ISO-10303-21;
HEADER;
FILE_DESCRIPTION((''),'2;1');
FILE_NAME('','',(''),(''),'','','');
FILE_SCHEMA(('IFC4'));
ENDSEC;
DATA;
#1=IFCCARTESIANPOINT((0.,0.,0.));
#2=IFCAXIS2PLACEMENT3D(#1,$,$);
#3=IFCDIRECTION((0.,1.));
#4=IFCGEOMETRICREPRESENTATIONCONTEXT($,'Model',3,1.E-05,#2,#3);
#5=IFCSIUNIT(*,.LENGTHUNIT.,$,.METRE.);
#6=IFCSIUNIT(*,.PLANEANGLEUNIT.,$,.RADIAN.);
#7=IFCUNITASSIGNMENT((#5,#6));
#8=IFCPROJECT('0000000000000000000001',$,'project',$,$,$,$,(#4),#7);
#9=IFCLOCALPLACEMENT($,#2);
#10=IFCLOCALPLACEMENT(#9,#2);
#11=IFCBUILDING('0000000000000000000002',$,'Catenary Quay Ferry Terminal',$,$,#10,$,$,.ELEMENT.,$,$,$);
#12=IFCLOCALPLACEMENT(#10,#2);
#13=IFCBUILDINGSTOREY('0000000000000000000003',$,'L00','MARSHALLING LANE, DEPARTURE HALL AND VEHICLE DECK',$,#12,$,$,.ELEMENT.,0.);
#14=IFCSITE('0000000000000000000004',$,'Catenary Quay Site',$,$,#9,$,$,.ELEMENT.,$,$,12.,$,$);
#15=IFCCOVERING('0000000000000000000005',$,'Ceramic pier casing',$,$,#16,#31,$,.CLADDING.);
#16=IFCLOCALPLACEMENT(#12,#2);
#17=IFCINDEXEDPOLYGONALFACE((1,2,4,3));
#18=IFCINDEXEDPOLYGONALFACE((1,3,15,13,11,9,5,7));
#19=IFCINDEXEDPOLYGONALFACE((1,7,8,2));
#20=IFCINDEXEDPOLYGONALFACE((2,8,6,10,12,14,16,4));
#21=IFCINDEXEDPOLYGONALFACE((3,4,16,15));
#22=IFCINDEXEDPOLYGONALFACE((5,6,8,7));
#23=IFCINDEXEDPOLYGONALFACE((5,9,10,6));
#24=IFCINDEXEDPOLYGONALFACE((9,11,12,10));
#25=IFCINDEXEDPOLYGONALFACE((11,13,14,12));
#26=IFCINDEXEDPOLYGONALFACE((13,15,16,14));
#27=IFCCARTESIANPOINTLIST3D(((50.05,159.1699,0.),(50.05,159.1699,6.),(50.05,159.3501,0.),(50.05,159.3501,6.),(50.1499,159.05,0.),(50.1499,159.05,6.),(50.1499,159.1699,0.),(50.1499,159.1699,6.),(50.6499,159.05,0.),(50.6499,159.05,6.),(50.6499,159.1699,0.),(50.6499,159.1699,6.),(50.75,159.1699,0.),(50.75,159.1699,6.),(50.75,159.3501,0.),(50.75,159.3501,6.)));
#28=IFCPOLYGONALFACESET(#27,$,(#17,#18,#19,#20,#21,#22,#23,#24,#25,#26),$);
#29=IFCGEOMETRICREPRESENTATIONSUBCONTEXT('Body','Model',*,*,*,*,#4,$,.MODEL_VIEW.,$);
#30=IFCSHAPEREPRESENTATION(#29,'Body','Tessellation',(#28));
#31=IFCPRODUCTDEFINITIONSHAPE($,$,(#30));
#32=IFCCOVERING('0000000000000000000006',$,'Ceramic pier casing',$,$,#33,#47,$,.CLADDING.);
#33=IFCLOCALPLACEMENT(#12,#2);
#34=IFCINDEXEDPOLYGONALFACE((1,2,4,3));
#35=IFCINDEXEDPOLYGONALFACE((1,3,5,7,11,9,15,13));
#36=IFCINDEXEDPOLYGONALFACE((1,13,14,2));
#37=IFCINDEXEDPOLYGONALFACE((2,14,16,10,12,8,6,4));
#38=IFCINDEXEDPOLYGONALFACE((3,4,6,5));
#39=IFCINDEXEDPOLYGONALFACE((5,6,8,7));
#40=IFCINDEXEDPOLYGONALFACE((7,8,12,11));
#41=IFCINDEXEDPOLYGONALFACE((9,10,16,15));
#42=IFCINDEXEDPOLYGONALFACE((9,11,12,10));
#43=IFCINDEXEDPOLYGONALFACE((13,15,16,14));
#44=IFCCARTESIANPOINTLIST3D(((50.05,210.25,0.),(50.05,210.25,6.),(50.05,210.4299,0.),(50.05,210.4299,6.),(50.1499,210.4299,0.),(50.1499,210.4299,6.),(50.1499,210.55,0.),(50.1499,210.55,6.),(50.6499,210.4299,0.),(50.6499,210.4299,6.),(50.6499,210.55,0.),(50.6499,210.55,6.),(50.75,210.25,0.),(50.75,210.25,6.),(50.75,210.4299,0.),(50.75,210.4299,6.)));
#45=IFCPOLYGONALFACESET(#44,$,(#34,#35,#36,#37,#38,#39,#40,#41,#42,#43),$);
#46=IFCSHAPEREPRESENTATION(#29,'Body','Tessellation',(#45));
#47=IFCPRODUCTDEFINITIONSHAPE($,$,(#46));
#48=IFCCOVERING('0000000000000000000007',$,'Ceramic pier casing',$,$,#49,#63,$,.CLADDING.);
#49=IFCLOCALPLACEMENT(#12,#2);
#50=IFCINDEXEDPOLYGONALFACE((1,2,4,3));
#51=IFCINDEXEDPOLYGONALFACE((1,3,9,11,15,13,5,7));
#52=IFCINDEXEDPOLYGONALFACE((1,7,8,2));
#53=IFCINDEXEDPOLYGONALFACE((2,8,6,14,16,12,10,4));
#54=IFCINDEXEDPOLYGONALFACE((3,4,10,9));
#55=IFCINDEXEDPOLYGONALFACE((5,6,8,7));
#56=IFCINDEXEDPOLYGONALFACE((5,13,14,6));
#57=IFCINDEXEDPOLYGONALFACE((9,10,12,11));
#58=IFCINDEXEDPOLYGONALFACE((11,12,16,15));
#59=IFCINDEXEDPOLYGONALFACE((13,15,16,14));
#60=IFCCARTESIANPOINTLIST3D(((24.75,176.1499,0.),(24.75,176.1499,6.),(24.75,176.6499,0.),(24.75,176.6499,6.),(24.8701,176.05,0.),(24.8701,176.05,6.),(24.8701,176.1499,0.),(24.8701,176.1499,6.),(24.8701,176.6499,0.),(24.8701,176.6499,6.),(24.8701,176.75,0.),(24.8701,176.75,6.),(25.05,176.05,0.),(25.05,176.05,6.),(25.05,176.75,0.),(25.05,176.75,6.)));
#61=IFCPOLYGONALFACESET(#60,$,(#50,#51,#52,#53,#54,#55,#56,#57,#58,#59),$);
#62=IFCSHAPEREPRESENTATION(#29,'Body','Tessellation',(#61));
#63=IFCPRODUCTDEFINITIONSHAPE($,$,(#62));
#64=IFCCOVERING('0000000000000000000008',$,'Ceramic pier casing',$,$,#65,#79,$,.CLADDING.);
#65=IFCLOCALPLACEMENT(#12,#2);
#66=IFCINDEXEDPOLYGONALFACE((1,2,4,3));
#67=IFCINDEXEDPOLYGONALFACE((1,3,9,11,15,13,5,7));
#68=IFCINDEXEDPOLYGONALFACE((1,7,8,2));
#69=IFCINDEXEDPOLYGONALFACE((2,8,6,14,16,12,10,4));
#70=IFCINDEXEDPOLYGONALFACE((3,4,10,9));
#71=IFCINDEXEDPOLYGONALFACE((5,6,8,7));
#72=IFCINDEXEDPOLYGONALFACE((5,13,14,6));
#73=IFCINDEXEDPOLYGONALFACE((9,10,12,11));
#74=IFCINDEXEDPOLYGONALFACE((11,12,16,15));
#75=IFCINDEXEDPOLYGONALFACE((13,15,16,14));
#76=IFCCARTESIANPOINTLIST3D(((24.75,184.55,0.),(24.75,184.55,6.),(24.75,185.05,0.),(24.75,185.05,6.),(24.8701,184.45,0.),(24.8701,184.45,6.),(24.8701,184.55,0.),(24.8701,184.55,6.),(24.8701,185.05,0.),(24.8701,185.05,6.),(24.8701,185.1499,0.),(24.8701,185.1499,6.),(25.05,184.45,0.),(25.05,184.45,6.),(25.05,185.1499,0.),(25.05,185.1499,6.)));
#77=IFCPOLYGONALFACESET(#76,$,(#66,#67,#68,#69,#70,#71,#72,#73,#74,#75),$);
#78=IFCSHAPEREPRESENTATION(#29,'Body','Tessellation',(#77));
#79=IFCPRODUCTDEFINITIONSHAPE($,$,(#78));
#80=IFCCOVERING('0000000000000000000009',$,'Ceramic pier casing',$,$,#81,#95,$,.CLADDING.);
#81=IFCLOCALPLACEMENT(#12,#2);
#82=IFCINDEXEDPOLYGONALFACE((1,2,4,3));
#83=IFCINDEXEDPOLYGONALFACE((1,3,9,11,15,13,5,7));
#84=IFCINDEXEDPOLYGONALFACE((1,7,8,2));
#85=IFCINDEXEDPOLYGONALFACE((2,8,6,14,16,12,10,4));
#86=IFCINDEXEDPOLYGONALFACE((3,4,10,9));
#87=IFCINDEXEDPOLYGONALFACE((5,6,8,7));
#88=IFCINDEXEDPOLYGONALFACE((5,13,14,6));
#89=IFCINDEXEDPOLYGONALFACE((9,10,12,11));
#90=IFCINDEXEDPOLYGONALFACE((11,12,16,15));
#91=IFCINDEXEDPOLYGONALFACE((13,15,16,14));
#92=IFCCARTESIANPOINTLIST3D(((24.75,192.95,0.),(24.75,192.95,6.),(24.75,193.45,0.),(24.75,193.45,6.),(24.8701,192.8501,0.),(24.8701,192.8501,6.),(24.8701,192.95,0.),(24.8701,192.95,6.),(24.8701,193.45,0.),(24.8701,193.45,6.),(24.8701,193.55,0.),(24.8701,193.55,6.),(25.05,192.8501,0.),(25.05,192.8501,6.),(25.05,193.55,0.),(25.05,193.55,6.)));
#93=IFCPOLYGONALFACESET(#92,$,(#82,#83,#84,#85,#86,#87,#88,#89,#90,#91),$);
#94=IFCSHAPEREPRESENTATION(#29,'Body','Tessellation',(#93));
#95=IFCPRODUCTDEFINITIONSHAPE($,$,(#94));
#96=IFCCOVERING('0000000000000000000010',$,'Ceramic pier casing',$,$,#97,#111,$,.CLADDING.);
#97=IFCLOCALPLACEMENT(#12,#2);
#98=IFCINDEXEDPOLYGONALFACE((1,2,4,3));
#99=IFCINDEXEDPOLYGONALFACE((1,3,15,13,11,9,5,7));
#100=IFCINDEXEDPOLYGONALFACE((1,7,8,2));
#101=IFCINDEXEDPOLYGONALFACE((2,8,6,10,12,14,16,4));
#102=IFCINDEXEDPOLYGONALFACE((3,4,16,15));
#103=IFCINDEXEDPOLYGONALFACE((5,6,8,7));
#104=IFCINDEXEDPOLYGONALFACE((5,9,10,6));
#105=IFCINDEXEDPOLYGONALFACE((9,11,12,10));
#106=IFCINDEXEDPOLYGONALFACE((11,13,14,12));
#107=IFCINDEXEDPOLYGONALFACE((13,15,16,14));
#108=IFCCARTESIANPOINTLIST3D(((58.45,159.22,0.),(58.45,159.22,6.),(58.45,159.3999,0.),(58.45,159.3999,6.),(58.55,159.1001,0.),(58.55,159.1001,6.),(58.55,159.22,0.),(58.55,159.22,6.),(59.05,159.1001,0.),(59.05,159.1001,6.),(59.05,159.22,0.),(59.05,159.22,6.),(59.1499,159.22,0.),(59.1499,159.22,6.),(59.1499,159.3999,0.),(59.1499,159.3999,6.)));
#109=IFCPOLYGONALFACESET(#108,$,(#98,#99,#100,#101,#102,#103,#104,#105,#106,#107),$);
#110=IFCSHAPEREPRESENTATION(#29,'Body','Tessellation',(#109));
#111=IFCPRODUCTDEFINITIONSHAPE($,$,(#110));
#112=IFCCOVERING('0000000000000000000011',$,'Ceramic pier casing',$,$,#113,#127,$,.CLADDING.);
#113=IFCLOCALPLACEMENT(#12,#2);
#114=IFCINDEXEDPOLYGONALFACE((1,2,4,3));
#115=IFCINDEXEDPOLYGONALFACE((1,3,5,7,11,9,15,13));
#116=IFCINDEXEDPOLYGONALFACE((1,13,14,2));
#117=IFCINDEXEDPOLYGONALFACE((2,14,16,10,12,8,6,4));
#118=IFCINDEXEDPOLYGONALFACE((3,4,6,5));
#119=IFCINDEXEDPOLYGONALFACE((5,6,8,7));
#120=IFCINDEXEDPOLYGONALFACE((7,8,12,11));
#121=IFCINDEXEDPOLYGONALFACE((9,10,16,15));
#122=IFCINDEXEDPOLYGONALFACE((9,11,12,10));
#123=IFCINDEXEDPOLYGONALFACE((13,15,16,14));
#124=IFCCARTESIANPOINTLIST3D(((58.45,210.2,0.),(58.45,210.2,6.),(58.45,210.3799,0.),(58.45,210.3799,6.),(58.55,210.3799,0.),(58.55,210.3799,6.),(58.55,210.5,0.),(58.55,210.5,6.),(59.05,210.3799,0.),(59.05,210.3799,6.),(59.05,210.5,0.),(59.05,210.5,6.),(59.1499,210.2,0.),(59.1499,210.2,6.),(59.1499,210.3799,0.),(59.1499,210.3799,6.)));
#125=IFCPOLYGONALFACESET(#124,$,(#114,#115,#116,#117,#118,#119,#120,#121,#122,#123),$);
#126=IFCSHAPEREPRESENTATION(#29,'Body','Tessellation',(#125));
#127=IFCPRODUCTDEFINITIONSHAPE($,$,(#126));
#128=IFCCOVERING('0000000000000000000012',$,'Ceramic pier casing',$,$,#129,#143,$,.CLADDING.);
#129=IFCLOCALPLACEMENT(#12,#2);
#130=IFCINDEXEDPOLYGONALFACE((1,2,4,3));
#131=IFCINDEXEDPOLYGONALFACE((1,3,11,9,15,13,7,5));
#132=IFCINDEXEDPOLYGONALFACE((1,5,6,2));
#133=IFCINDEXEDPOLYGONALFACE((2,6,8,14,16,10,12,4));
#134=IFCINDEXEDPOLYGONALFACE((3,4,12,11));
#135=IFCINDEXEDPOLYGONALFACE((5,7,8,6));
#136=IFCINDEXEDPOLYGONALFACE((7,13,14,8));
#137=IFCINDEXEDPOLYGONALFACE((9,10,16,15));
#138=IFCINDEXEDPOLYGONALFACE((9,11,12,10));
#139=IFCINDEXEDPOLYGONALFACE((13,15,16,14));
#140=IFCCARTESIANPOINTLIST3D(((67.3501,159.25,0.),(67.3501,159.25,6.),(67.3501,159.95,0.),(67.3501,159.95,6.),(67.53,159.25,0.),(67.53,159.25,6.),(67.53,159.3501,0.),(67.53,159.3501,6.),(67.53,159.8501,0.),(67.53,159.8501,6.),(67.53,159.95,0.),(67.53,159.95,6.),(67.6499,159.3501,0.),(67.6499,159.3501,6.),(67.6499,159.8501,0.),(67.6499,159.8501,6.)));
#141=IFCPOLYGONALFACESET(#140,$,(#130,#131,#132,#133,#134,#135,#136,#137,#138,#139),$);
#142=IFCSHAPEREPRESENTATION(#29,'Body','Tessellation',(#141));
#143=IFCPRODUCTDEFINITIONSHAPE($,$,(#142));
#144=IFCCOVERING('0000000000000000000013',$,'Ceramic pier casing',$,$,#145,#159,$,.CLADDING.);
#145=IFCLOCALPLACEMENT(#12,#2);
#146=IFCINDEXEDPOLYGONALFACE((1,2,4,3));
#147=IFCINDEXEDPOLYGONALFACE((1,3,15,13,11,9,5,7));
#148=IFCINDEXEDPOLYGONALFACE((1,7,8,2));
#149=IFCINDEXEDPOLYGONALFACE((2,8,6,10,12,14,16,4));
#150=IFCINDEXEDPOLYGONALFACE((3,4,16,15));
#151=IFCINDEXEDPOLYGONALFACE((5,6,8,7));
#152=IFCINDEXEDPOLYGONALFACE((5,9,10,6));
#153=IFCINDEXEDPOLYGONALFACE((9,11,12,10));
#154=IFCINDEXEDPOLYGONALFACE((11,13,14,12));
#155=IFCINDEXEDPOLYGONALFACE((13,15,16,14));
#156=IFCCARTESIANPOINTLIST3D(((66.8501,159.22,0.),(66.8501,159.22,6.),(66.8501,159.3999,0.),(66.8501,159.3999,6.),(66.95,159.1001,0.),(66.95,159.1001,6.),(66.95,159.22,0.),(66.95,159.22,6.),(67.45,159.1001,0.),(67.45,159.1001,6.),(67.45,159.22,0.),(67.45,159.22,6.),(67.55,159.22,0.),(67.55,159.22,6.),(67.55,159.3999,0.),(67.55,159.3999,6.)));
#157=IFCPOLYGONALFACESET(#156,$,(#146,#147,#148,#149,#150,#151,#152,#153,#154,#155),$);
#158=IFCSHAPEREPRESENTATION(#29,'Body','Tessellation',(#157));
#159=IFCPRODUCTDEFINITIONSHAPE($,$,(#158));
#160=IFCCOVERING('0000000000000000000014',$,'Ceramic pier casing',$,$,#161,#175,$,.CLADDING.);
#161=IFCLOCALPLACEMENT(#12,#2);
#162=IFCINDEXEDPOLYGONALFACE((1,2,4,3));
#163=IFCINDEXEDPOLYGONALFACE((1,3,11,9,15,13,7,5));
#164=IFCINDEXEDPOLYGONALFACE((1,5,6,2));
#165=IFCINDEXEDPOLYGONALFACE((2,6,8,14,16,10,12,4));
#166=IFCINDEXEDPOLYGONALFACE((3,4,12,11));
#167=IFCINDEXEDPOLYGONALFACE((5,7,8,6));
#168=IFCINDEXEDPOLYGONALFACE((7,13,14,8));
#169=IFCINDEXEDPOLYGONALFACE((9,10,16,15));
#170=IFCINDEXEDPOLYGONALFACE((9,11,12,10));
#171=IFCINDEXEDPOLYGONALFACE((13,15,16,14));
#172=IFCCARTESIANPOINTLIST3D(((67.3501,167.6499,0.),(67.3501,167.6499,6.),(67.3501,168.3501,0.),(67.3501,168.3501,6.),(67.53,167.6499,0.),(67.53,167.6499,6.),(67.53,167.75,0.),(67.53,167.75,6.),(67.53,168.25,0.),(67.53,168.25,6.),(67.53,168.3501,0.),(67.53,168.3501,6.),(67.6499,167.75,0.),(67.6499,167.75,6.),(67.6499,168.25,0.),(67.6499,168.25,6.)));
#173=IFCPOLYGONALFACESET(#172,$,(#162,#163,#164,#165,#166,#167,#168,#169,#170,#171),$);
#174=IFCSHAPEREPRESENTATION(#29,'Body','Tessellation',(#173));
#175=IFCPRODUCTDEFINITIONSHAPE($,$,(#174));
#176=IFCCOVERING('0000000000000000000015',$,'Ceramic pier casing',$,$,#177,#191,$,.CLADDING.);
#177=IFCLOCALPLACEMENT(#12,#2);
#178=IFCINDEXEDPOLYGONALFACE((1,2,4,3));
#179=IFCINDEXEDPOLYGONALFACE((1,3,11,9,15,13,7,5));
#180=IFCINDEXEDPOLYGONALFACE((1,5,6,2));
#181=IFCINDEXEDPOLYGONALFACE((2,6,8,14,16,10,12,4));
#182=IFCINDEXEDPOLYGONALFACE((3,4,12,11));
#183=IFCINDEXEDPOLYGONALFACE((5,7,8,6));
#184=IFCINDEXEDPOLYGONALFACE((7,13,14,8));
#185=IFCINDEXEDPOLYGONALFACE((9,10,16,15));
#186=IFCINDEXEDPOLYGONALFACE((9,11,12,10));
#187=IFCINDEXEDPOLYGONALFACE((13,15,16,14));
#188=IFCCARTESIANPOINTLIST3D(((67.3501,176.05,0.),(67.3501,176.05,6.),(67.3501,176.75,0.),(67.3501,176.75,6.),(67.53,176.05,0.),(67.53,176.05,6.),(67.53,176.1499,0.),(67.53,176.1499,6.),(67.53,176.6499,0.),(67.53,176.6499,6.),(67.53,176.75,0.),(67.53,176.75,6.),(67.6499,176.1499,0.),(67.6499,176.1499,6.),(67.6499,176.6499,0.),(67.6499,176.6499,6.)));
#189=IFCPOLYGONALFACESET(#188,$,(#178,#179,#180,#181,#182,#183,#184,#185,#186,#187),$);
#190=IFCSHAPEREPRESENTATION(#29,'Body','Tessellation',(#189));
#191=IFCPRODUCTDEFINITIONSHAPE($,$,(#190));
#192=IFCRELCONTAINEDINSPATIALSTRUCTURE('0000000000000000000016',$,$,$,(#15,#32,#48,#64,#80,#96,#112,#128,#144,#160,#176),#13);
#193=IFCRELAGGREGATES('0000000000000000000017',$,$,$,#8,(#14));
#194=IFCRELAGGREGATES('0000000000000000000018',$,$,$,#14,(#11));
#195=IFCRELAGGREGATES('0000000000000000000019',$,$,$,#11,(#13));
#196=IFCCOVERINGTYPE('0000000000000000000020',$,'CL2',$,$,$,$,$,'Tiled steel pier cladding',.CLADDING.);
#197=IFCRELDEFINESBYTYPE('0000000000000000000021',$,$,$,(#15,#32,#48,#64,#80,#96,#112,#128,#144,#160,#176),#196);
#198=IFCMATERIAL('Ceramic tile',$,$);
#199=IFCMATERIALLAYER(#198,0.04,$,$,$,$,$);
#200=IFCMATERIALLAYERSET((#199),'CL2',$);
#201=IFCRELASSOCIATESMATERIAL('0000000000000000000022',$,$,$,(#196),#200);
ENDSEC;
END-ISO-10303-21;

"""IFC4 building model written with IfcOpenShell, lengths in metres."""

from ifc_helpers import new_model, si_unit, direction, origin, place, context, subcontext, project, spatial, polyline, outline, extrude, material, layer, layer_set, type_object, element, save


model = new_model("IFC4")

# Units and contexts
model_context = context("Model", 3, precision=1e-05, world=origin(), true_north=direction((0.0, 1.0)))
body_context = subcontext(model_context, "Body", "Model", "MODEL_VIEW")
ifc_project = project(units=[si_unit("LENGTHUNIT", "METRE"), si_unit("PLANEANGLEUNIT", "RADIAN")], contexts=[model_context])

# Site, building, storey
site_placement = place(None, origin())
site = spatial("IfcSite", under=ifc_project, at=site_placement, Name="Catenary Quay Site", CompositionType="ELEMENT", RefElevation=12.0)
building_placement = place(site_placement, origin())
building = spatial("IfcBuilding", under=site, at=building_placement, Name="Catenary Quay Ferry Terminal", CompositionType="ELEMENT")
storey_placement = place(building_placement, origin())
storey = spatial("IfcBuildingStorey", under=building, at=storey_placement, Name="L00", Description="MARSHALLING LANE, DEPARTURE HALL AND VEHICLE DECK", CompositionType="ELEMENT", Elevation=0.0)

# Coverings
ifc_material = material(Name="Ceramic tile")
ifc_layer = layer(ifc_material, 0.04)
ifc_layer_set = layer_set([ifc_layer], Name="CL2")
covering_type = type_object("IfcCoveringType", Name="CL2", ElementType="Tiled steel pier cladding", PredefinedType="CLADDING", material=ifc_layer_set)
covering_1_placement = place(storey_placement, origin())
element("IfcCovering", 1, at=covering_1_placement, inside=storey, type_object=covering_type, Name="Ceramic pier casing", PredefinedType="CLADDING", context=body_context, shape_type="SweptSolid", body=[
    extrude(outline(polyline([(50.05, 159.3501), (50.05, 159.1699), (50.1499, 159.1699), (50.1499, 159.05), (50.6499, 159.05), (50.6499, 159.1699), (50.75, 159.1699), (50.75, 159.3501), (50.05, 159.3501)])), origin(), (0.0, 0.0, 1.0), 6.0),
])
covering_2_placement = place(storey_placement, origin())
element("IfcCovering", 2, at=covering_2_placement, inside=storey, type_object=covering_type, Name="Ceramic pier casing", PredefinedType="CLADDING", context=body_context, shape_type="SweptSolid", body=[
    extrude(outline(polyline([(50.75, 210.25), (50.75, 210.4299), (50.6499, 210.4299), (50.6499, 210.55), (50.1499, 210.55), (50.1499, 210.4299), (50.05, 210.4299), (50.05, 210.25), (50.75, 210.25)])), origin(), (0.0, 0.0, 1.0), 6.0),
])
covering_3_placement = place(storey_placement, origin())
element("IfcCovering", 3, at=covering_3_placement, inside=storey, type_object=covering_type, Name="Ceramic pier casing", PredefinedType="CLADDING", context=body_context, shape_type="SweptSolid", body=[
    extrude(outline(polyline([(25.05, 176.75), (24.8701, 176.75), (24.8701, 176.6499), (24.75, 176.6499), (24.75, 176.1499), (24.8701, 176.1499), (24.8701, 176.05), (25.05, 176.05), (25.05, 176.75)])), origin(), (0.0, 0.0, 1.0), 6.0),
])
covering_4_placement = place(storey_placement, origin())
element("IfcCovering", 4, at=covering_4_placement, inside=storey, type_object=covering_type, Name="Ceramic pier casing", PredefinedType="CLADDING", context=body_context, shape_type="SweptSolid", body=[
    extrude(outline(polyline([(25.05, 185.1499), (24.8701, 185.1499), (24.8701, 185.05), (24.75, 185.05), (24.75, 184.55), (24.8701, 184.55), (24.8701, 184.45), (25.05, 184.45), (25.05, 185.1499)])), origin(), (0.0, 0.0, 1.0), 6.0),
])
covering_5_placement = place(storey_placement, origin())
element("IfcCovering", 5, at=covering_5_placement, inside=storey, type_object=covering_type, Name="Ceramic pier casing", PredefinedType="CLADDING", context=body_context, shape_type="SweptSolid", body=[
    extrude(outline(polyline([(25.05, 193.55), (24.8701, 193.55), (24.8701, 193.45), (24.75, 193.45), (24.75, 192.95), (24.8701, 192.95), (24.8701, 192.8501), (25.05, 192.8501), (25.05, 193.55)])), origin(), (0.0, 0.0, 1.0), 6.0),
])
covering_6_placement = place(storey_placement, origin())
element("IfcCovering", 6, at=covering_6_placement, inside=storey, type_object=covering_type, Name="Ceramic pier casing", PredefinedType="CLADDING", context=body_context, shape_type="SweptSolid", body=[
    extrude(outline(polyline([(58.45, 159.3999), (58.45, 159.22), (58.55, 159.22), (58.55, 159.1001), (59.05, 159.1001), (59.05, 159.22), (59.1499, 159.22), (59.1499, 159.3999), (58.45, 159.3999)])), origin(), (0.0, 0.0, 1.0), 6.0),
])
covering_7_placement = place(storey_placement, origin())
element("IfcCovering", 7, at=covering_7_placement, inside=storey, type_object=covering_type, Name="Ceramic pier casing", PredefinedType="CLADDING", context=body_context, shape_type="SweptSolid", body=[
    extrude(outline(polyline([(59.1499, 210.2), (59.1499, 210.3799), (59.05, 210.3799), (59.05, 210.5), (58.55, 210.5), (58.55, 210.3799), (58.45, 210.3799), (58.45, 210.2), (59.1499, 210.2)])), origin(), (0.0, 0.0, 1.0), 6.0),
])
covering_8_placement = place(storey_placement, origin())
element("IfcCovering", 8, at=covering_8_placement, inside=storey, type_object=covering_type, Name="Ceramic pier casing", PredefinedType="CLADDING", context=body_context, shape_type="SweptSolid", body=[
    extrude(outline(polyline([(67.3501, 159.25), (67.53, 159.25), (67.53, 159.3501), (67.6499, 159.3501), (67.6499, 159.8501), (67.53, 159.8501), (67.53, 159.95), (67.3501, 159.95), (67.3501, 159.25)])), origin(), (0.0, 0.0, 1.0), 6.0),
])
covering_9_placement = place(storey_placement, origin())
element("IfcCovering", 9, at=covering_9_placement, inside=storey, type_object=covering_type, Name="Ceramic pier casing", PredefinedType="CLADDING", context=body_context, shape_type="SweptSolid", body=[
    extrude(outline(polyline([(66.8501, 159.3999), (66.8501, 159.22), (66.95, 159.22), (66.95, 159.1001), (67.45, 159.1001), (67.45, 159.22), (67.55, 159.22), (67.55, 159.3999), (66.8501, 159.3999)])), origin(), (0.0, 0.0, 1.0), 6.0),
])
covering_10_placement = place(storey_placement, origin())
element("IfcCovering", 10, at=covering_10_placement, inside=storey, type_object=covering_type, Name="Ceramic pier casing", PredefinedType="CLADDING", context=body_context, shape_type="SweptSolid", body=[
    extrude(outline(polyline([(67.3501, 167.6499), (67.53, 167.6499), (67.53, 167.75), (67.6499, 167.75), (67.6499, 168.25), (67.53, 168.25), (67.53, 168.3501), (67.3501, 168.3501), (67.3501, 167.6499)])), origin(), (0.0, 0.0, 1.0), 6.0),
])
covering_11_placement = place(storey_placement, origin())
element("IfcCovering", 11, at=covering_11_placement, inside=storey, type_object=covering_type, Name="Ceramic pier casing", PredefinedType="CLADDING", context=body_context, shape_type="SweptSolid", body=[
    extrude(outline(polyline([(67.3501, 176.05), (67.53, 176.05), (67.53, 176.1499), (67.6499, 176.1499), (67.6499, 176.6499), (67.53, 176.6499), (67.53, 176.75), (67.3501, 176.75), (67.3501, 176.05)])), origin(), (0.0, 0.0, 1.0), 6.0),
])

save(model, "model.ifc")
